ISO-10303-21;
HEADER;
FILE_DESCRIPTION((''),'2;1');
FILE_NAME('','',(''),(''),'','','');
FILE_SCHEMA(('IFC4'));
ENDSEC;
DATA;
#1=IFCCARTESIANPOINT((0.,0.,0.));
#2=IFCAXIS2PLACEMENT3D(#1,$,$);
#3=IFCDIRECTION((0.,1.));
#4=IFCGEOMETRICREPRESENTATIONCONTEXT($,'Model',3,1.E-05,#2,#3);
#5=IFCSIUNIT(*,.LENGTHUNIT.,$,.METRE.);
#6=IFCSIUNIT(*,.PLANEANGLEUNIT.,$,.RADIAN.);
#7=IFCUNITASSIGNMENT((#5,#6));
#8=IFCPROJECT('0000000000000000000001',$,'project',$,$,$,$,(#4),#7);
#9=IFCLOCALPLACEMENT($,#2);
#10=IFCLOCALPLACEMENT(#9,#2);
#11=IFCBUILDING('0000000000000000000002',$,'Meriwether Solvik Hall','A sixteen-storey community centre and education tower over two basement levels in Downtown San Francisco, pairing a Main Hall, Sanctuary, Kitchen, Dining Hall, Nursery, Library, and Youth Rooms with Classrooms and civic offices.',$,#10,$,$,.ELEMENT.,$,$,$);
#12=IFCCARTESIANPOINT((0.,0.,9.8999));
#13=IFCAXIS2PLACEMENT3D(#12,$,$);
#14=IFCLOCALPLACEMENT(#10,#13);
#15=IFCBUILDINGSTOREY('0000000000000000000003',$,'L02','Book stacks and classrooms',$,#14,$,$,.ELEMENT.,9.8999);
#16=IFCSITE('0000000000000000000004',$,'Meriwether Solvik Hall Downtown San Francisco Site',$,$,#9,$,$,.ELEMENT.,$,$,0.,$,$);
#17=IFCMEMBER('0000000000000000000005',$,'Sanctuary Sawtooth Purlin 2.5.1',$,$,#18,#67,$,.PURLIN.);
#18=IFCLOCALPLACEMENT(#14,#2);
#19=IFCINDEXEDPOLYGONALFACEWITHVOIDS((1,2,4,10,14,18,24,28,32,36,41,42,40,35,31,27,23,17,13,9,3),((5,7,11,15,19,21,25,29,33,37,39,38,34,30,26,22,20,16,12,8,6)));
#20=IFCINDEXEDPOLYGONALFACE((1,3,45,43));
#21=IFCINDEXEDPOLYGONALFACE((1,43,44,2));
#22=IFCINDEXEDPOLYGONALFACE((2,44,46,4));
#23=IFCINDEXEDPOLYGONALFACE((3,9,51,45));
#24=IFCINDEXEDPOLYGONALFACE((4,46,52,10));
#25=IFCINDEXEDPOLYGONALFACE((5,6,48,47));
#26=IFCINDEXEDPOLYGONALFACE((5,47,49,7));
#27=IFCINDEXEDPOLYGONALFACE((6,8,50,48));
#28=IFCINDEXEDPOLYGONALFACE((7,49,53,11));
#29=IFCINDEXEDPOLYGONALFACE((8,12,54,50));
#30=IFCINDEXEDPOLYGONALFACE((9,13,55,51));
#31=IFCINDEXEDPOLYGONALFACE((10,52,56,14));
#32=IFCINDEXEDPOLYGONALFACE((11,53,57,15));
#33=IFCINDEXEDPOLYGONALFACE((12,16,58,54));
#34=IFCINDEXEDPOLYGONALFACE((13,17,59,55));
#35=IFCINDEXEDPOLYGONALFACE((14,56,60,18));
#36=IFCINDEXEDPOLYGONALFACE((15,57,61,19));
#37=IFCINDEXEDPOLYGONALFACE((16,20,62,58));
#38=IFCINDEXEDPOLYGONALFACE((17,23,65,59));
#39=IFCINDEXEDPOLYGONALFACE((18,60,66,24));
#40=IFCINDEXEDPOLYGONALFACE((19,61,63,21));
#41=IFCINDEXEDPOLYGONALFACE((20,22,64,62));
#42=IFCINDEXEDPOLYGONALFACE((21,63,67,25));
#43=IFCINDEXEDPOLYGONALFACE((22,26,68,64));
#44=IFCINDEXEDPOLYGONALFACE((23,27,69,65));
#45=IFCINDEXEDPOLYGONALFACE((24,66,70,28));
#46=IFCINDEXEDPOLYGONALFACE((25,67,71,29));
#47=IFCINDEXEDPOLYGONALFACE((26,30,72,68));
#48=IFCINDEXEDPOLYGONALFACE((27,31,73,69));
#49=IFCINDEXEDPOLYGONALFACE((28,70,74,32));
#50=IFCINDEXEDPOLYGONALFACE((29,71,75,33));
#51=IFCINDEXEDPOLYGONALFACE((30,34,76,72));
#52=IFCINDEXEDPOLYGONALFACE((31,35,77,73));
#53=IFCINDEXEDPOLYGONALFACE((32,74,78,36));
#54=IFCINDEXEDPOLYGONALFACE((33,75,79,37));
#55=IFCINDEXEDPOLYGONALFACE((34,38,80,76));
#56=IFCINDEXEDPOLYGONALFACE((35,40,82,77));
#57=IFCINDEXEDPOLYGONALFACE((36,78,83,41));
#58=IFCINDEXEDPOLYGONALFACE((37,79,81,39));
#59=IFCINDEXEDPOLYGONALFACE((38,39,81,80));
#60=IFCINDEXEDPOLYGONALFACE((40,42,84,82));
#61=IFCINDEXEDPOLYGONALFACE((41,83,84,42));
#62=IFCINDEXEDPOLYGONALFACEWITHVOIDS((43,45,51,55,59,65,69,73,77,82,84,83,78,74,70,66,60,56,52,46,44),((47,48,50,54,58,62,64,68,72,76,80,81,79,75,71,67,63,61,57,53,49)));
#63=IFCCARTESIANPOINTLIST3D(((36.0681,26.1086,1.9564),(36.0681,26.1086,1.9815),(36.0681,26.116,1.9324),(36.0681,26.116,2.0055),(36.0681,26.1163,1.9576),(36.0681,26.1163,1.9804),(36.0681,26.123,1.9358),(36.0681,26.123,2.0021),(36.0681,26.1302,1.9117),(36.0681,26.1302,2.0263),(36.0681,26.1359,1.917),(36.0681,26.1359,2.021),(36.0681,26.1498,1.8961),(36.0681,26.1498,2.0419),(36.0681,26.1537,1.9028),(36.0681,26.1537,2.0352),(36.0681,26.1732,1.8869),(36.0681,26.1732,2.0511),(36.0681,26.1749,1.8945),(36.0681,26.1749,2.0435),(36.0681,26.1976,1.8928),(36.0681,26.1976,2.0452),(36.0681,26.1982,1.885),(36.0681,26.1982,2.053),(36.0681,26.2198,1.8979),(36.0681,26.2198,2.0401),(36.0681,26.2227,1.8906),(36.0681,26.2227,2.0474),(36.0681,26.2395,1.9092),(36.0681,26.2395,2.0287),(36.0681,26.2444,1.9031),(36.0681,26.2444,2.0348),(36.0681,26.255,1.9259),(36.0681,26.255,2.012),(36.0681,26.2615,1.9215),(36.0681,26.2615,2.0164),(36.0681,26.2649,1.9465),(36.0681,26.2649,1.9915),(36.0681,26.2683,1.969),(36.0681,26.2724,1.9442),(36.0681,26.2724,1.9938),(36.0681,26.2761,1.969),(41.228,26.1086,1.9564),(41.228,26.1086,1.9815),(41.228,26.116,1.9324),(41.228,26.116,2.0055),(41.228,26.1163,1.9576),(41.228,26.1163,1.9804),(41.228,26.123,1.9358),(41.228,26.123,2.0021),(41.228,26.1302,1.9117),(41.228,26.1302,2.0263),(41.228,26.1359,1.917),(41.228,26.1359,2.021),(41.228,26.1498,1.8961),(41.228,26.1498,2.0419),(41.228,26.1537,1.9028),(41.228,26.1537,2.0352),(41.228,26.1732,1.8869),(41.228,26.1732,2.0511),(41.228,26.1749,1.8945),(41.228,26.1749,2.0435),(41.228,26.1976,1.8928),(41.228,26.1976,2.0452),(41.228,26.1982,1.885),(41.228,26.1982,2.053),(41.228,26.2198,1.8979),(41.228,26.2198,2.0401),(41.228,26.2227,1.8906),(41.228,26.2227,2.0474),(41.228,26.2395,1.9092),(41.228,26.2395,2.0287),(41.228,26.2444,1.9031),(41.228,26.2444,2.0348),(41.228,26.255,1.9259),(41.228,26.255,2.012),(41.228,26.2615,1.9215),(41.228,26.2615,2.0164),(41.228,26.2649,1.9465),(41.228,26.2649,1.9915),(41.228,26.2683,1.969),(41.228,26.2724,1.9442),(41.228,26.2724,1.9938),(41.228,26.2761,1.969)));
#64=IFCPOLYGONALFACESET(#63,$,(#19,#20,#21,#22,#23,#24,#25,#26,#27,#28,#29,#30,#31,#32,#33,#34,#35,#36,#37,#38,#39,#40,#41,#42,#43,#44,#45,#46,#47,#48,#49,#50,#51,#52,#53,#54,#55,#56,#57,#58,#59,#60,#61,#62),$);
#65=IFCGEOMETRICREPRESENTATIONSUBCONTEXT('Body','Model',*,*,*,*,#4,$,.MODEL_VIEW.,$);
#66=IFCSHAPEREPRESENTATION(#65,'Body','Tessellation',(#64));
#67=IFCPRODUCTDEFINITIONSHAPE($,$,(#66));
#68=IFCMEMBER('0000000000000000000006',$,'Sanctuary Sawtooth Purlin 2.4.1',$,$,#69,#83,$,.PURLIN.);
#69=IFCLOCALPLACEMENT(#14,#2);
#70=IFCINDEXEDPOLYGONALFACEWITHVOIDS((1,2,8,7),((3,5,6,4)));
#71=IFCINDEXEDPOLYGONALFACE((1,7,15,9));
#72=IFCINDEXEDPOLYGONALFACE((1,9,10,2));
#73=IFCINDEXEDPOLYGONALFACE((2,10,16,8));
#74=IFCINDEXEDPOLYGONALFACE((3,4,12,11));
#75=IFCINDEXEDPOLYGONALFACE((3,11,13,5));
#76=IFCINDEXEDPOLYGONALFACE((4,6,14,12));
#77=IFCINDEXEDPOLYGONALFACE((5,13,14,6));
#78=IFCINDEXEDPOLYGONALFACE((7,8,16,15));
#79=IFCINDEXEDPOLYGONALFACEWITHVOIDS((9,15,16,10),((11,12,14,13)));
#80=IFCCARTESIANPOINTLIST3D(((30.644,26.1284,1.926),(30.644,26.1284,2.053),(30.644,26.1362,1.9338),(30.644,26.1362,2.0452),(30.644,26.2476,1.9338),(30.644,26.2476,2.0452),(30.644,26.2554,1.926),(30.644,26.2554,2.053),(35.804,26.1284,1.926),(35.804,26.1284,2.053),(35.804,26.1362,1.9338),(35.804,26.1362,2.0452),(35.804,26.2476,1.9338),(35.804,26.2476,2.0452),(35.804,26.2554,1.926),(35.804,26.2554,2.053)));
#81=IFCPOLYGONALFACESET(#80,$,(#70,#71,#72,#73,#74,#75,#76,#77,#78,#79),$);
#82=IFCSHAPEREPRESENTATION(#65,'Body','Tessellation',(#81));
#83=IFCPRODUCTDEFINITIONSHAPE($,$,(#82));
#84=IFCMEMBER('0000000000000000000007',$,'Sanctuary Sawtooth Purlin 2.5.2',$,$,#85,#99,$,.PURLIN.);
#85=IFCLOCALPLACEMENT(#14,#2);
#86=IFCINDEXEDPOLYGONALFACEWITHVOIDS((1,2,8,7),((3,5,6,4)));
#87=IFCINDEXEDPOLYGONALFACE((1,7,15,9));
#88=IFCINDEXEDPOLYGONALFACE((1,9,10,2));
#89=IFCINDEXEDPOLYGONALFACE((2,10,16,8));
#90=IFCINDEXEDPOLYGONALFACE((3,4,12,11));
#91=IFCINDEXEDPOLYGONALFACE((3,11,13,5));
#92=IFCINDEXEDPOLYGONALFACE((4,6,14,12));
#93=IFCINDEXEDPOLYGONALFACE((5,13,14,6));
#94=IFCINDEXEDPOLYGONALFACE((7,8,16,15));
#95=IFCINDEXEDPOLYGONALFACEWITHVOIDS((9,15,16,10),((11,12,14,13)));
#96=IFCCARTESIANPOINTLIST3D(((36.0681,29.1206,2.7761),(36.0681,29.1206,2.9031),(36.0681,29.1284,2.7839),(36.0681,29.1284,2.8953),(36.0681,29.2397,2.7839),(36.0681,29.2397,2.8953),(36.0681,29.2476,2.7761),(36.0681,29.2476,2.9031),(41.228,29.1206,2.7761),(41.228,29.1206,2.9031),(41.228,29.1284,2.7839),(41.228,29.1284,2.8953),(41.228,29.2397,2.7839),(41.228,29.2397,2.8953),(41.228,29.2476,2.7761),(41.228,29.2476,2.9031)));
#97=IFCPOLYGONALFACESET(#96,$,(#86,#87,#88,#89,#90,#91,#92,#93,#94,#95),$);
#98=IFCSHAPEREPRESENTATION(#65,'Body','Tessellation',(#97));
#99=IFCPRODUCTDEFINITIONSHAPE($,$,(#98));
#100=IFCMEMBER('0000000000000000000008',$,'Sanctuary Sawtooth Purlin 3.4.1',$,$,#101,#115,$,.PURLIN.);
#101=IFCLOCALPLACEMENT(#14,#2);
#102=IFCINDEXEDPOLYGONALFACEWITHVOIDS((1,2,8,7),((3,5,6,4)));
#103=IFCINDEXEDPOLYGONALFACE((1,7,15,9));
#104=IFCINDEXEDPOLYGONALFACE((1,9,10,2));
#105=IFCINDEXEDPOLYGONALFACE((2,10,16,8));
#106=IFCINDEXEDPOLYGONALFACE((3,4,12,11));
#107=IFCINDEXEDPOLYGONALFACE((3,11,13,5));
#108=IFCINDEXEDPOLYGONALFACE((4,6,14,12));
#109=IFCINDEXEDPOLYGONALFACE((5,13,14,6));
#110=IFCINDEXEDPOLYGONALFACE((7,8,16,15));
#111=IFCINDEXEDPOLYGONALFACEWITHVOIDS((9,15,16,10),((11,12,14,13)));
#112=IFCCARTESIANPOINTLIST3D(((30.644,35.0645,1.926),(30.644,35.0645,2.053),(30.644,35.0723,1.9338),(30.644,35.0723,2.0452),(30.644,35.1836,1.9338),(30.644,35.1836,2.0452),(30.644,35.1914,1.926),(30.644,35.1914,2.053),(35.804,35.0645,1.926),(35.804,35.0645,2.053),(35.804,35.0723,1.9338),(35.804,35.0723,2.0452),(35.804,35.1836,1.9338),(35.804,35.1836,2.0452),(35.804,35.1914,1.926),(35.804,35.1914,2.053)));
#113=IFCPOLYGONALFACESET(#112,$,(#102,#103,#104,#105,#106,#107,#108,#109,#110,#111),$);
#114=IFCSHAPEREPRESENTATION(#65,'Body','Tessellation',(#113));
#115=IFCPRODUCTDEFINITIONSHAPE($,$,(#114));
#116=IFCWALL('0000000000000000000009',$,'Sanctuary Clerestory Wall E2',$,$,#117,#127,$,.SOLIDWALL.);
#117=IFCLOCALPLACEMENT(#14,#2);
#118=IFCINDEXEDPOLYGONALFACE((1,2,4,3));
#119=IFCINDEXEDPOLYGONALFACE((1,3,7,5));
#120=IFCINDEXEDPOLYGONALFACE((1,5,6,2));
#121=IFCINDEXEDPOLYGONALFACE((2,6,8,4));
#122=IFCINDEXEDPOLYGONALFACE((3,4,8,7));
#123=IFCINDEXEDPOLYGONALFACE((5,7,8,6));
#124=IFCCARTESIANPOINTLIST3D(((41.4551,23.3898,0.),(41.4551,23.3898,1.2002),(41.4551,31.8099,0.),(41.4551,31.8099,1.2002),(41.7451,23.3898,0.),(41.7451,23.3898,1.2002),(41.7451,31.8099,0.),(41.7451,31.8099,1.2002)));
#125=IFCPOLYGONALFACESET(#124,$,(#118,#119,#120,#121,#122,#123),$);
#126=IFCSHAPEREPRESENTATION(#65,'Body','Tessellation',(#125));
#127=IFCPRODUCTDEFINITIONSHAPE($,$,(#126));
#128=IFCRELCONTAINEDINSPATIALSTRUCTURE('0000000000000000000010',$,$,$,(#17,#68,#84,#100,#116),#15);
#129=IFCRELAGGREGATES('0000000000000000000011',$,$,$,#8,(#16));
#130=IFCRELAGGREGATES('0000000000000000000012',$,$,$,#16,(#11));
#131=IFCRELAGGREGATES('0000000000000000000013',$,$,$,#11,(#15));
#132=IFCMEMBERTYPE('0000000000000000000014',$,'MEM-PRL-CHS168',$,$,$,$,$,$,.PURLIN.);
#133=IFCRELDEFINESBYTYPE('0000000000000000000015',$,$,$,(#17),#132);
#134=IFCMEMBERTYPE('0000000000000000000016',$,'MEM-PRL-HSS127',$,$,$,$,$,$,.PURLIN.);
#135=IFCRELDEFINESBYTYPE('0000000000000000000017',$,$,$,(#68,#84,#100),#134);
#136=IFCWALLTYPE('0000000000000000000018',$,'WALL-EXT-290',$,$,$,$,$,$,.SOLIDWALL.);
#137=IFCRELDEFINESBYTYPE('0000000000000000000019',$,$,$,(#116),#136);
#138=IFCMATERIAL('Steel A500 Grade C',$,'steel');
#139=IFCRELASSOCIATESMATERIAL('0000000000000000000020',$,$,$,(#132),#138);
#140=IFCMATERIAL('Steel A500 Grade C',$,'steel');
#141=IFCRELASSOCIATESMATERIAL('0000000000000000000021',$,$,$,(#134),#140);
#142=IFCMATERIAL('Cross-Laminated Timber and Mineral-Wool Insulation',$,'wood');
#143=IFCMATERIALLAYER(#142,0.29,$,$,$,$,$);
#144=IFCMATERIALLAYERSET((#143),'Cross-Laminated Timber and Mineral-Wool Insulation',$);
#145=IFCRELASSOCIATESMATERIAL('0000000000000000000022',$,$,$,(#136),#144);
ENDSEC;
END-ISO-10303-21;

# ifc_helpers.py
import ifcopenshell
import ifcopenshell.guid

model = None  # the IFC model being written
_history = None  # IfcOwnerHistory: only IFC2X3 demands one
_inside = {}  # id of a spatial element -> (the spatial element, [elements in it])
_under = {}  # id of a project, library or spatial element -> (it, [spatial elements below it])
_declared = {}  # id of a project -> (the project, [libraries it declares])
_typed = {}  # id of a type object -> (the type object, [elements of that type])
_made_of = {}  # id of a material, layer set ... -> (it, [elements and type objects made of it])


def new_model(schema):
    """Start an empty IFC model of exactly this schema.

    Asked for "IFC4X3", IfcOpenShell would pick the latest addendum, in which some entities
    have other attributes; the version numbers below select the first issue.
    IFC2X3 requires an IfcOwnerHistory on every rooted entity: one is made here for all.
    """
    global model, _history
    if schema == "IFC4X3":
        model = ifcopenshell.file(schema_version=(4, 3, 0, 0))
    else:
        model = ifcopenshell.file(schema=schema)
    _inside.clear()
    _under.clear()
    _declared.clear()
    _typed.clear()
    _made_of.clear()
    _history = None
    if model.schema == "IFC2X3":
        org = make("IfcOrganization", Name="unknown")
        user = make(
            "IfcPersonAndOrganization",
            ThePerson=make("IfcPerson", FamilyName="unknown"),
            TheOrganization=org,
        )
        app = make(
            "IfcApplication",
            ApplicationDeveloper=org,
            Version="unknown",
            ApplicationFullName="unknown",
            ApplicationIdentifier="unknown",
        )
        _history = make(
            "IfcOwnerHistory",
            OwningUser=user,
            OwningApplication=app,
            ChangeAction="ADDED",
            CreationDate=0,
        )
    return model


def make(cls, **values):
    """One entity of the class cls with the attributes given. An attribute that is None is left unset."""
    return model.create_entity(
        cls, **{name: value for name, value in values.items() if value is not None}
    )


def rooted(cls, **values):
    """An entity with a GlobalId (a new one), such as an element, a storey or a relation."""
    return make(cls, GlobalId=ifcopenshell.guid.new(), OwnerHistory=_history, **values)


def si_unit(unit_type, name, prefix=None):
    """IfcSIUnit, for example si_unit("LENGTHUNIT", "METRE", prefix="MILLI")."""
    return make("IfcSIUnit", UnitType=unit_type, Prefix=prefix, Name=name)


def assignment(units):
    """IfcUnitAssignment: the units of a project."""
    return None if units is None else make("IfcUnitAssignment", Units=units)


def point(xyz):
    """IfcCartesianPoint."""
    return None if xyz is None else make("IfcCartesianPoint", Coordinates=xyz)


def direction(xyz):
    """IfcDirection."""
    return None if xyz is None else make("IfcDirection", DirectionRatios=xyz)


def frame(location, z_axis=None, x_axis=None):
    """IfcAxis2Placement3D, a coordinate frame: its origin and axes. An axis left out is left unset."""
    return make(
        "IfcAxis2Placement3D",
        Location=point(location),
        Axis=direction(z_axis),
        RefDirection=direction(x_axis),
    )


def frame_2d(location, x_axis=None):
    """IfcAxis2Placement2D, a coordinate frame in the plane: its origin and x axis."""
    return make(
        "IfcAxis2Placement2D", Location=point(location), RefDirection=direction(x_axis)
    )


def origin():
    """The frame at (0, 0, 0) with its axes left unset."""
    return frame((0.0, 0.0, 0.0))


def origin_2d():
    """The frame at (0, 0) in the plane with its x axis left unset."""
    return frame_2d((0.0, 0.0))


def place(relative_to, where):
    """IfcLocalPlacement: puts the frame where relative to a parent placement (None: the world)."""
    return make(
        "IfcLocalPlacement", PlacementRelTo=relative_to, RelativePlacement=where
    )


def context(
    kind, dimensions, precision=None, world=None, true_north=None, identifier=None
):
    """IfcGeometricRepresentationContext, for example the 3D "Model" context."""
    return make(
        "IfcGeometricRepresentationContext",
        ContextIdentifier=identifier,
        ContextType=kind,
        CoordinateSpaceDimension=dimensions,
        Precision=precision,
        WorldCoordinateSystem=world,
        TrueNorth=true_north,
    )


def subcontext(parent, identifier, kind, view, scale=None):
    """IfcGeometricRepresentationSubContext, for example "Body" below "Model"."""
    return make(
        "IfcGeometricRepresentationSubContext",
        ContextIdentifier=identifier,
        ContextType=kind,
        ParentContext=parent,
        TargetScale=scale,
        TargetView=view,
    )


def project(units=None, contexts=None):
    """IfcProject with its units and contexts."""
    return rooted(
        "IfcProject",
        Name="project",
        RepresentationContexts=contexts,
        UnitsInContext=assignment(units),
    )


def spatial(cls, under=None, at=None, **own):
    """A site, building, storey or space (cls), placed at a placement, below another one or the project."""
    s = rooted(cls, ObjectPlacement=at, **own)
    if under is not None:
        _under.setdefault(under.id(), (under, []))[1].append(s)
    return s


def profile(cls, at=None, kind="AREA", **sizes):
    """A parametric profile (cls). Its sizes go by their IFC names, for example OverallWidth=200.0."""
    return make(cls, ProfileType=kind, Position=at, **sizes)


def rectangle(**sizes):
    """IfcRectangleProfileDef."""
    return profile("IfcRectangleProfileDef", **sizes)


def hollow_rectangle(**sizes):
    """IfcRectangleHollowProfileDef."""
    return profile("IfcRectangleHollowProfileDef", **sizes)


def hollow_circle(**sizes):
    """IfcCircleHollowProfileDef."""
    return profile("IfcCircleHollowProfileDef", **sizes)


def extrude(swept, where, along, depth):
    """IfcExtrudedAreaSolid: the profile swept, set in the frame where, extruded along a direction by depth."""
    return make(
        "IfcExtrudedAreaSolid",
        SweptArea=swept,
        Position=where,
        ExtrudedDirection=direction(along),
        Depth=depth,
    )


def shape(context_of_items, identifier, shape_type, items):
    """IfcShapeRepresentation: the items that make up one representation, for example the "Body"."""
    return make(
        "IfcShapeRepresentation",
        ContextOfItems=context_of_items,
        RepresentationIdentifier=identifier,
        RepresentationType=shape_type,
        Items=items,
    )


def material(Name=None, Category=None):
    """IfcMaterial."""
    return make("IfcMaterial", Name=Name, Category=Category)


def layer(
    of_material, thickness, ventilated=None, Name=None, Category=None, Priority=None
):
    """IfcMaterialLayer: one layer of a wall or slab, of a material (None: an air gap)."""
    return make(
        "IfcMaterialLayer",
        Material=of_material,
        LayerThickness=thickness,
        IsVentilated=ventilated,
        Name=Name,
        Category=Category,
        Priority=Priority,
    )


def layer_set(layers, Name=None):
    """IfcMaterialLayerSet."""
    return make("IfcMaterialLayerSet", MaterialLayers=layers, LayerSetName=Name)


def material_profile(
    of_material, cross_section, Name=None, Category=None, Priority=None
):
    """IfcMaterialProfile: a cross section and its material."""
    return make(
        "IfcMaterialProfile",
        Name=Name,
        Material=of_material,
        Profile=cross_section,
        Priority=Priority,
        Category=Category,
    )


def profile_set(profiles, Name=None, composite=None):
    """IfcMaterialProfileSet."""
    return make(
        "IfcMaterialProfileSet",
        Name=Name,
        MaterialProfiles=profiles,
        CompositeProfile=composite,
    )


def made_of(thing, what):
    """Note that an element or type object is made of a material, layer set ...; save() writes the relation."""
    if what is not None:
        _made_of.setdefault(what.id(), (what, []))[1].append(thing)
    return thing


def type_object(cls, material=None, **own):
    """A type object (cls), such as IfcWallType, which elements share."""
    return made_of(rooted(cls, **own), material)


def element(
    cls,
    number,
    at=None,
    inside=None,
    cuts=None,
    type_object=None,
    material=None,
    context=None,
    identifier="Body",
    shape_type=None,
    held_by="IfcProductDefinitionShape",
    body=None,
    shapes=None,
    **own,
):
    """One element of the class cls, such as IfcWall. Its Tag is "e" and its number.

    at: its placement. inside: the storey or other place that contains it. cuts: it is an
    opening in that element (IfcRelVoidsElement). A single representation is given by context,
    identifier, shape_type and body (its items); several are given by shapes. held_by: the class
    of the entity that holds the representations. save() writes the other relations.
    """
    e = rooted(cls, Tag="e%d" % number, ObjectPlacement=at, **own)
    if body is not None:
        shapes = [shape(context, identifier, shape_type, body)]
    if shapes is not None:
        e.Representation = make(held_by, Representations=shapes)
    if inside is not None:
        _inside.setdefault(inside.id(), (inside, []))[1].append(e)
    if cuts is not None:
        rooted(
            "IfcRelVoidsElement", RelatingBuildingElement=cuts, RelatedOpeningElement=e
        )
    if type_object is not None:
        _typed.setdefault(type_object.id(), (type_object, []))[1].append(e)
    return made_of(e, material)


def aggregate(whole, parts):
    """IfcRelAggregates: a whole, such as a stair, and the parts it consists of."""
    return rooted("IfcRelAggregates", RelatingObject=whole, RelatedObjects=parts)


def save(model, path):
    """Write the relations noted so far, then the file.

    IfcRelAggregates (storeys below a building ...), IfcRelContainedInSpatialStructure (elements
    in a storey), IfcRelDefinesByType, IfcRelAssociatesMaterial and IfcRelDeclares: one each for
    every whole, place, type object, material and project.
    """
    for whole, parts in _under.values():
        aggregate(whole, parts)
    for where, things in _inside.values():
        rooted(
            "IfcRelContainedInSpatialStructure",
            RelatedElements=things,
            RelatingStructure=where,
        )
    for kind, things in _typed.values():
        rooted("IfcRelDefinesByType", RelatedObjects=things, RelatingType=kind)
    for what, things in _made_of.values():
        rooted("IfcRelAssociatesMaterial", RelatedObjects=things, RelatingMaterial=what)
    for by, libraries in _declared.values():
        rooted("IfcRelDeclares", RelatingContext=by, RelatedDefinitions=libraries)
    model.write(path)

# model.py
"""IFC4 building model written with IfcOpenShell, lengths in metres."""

from ifc_helpers import new_model, si_unit, direction, frame, frame_2d, origin, origin_2d, place, context, subcontext, project, spatial, rectangle, hollow_rectangle, hollow_circle, extrude, material, layer, layer_set, material_profile, profile_set, type_object, element, save


model = new_model("IFC4")

# Units and contexts
model_context = context("Model", 3, precision=1e-05, world=origin(), true_north=direction((0.0, 1.0)))
body_context = subcontext(model_context, "Body", "Model", "MODEL_VIEW")
ifc_project = project(units=[si_unit("LENGTHUNIT", "METRE"), si_unit("PLANEANGLEUNIT", "RADIAN")], contexts=[model_context])

# Site, building, storey
site_placement = place(None, origin())
site = spatial("IfcSite", under=ifc_project, at=site_placement, Name="Meriwether Solvik Hall Downtown San Francisco Site", CompositionType="ELEMENT", RefElevation=0.0)
building_placement = place(site_placement, origin())
building = spatial("IfcBuilding", under=site, at=building_placement, Name="Meriwether Solvik Hall", Description="A sixteen-storey community centre and education tower over two basement levels in Downtown San Francisco, pairing a Main Hall, Sanctuary, Kitchen, Dining Hall, Nursery, Library, and Youth Rooms with Classrooms and civic offices.", CompositionType="ELEMENT")
storey_placement = place(building_placement, frame((0.0, 0.0, 9.8999)))
storey = spatial("IfcBuildingStorey", under=building, at=storey_placement, Name="L02", Description="Book stacks and classrooms", CompositionType="ELEMENT", Elevation=9.8999)

# Members
ifc_material_1 = material(Name="Steel A500 Grade C", Category="steel")
ifc_material_profile_1 = material_profile(ifc_material_1, hollow_circle(Radius=0.0842, WallThickness=0.0078, at=origin_2d()), Name="CHS168X7.9")
ifc_profile_set_1 = profile_set([ifc_material_profile_1], Name="Steel A500 Grade C")
member_type_1 = type_object("IfcMemberType", Name="MEM-PRL-CHS168", PredefinedType="PURLIN", material=ifc_profile_set_1)
for number, where, z_axis, x_axis, name in (
    (1, (36.0681, 26.1919, 1.969), (1.0, 0.0, 0.0), (0.0, 1.0, 0.0), "Sanctuary Sawtooth Purlin 2.5.1"),
):
    element("IfcMember", number, at=place(storey_placement, frame(where, z_axis=z_axis, x_axis=x_axis)), inside=storey, type_object=member_type_1, Name=name, PredefinedType="PURLIN", context=body_context, shape_type="SweptSolid", body=[
        extrude(hollow_circle(Radius=0.0842, WallThickness=0.0078, at=origin_2d()), origin(), (0.0, 0.0, 1.0), 5.1599),
    ])
ifc_material_2 = material(Name="Steel A500 Grade C", Category="steel")
ifc_material_profile_2 = material_profile(ifc_material_2, hollow_rectangle(XDim=0.127, YDim=0.127, WallThickness=0.0078, at=origin_2d()), Name="HSS127X127X7.9")
ifc_profile_set_2 = profile_set([ifc_material_profile_2], Name="Steel A500 Grade C")
member_type_2 = type_object("IfcMemberType", Name="MEM-PRL-HSS127", PredefinedType="PURLIN", material=ifc_profile_set_2)
for number, where, z_axis, x_axis, name in (
    (2, (30.644, 26.1919, 1.9895), (1.0, 0.0, 0.0), (0.0, 1.0, 0.0), "Sanctuary Sawtooth Purlin 2.4.1"),
    (3, (36.0681, 29.1841, 2.8396), (1.0, 0.0, 0.0), (0.0, 1.0, 0.0), "Sanctuary Sawtooth Purlin 2.5.2"),
    (4, (30.644, 35.1279, 1.9895), (1.0, 0.0, 0.0), (0.0, 1.0, 0.0), "Sanctuary Sawtooth Purlin 3.4.1"),
):
    element("IfcMember", number, at=place(storey_placement, frame(where, z_axis=z_axis, x_axis=x_axis)), inside=storey, type_object=member_type_2, Name=name, PredefinedType="PURLIN", context=body_context, shape_type="SweptSolid", body=[
        extrude(hollow_rectangle(XDim=0.127, YDim=0.127, WallThickness=0.0078, at=origin_2d()), origin(), (0.0, 0.0, 1.0), 5.1599),
    ])

# Wall
ifc_material_3 = material(Name="Cross-Laminated Timber and Mineral-Wool Insulation", Category="wood")
ifc_layer_1 = layer(ifc_material_3, 0.29)
ifc_layer_set_1 = layer_set([ifc_layer_1], Name="Cross-Laminated Timber and Mineral-Wool Insulation")
wall_type_1 = type_object("IfcWallType", Name="WALL-EXT-290", PredefinedType="SOLIDWALL", material=ifc_layer_set_1)
wall_1_placement = place(storey_placement, frame((41.6001, 23.3899, 0.0), z_axis=(0.0, 0.0, 1.0), x_axis=(0.0, 1.0, 0.0)))
element("IfcWall", 5, at=wall_1_placement, inside=storey, type_object=wall_type_1, Name="Sanctuary Clerestory Wall E2", PredefinedType="SOLIDWALL", context=body_context, shape_type="SweptSolid", body=[
    extrude(rectangle(XDim=8.4202, YDim=0.29, at=frame_2d((4.21, 0.0))), origin(), (0.0, 0.0, 1.0), 1.2002),
])

save(model, "model.ifc")
